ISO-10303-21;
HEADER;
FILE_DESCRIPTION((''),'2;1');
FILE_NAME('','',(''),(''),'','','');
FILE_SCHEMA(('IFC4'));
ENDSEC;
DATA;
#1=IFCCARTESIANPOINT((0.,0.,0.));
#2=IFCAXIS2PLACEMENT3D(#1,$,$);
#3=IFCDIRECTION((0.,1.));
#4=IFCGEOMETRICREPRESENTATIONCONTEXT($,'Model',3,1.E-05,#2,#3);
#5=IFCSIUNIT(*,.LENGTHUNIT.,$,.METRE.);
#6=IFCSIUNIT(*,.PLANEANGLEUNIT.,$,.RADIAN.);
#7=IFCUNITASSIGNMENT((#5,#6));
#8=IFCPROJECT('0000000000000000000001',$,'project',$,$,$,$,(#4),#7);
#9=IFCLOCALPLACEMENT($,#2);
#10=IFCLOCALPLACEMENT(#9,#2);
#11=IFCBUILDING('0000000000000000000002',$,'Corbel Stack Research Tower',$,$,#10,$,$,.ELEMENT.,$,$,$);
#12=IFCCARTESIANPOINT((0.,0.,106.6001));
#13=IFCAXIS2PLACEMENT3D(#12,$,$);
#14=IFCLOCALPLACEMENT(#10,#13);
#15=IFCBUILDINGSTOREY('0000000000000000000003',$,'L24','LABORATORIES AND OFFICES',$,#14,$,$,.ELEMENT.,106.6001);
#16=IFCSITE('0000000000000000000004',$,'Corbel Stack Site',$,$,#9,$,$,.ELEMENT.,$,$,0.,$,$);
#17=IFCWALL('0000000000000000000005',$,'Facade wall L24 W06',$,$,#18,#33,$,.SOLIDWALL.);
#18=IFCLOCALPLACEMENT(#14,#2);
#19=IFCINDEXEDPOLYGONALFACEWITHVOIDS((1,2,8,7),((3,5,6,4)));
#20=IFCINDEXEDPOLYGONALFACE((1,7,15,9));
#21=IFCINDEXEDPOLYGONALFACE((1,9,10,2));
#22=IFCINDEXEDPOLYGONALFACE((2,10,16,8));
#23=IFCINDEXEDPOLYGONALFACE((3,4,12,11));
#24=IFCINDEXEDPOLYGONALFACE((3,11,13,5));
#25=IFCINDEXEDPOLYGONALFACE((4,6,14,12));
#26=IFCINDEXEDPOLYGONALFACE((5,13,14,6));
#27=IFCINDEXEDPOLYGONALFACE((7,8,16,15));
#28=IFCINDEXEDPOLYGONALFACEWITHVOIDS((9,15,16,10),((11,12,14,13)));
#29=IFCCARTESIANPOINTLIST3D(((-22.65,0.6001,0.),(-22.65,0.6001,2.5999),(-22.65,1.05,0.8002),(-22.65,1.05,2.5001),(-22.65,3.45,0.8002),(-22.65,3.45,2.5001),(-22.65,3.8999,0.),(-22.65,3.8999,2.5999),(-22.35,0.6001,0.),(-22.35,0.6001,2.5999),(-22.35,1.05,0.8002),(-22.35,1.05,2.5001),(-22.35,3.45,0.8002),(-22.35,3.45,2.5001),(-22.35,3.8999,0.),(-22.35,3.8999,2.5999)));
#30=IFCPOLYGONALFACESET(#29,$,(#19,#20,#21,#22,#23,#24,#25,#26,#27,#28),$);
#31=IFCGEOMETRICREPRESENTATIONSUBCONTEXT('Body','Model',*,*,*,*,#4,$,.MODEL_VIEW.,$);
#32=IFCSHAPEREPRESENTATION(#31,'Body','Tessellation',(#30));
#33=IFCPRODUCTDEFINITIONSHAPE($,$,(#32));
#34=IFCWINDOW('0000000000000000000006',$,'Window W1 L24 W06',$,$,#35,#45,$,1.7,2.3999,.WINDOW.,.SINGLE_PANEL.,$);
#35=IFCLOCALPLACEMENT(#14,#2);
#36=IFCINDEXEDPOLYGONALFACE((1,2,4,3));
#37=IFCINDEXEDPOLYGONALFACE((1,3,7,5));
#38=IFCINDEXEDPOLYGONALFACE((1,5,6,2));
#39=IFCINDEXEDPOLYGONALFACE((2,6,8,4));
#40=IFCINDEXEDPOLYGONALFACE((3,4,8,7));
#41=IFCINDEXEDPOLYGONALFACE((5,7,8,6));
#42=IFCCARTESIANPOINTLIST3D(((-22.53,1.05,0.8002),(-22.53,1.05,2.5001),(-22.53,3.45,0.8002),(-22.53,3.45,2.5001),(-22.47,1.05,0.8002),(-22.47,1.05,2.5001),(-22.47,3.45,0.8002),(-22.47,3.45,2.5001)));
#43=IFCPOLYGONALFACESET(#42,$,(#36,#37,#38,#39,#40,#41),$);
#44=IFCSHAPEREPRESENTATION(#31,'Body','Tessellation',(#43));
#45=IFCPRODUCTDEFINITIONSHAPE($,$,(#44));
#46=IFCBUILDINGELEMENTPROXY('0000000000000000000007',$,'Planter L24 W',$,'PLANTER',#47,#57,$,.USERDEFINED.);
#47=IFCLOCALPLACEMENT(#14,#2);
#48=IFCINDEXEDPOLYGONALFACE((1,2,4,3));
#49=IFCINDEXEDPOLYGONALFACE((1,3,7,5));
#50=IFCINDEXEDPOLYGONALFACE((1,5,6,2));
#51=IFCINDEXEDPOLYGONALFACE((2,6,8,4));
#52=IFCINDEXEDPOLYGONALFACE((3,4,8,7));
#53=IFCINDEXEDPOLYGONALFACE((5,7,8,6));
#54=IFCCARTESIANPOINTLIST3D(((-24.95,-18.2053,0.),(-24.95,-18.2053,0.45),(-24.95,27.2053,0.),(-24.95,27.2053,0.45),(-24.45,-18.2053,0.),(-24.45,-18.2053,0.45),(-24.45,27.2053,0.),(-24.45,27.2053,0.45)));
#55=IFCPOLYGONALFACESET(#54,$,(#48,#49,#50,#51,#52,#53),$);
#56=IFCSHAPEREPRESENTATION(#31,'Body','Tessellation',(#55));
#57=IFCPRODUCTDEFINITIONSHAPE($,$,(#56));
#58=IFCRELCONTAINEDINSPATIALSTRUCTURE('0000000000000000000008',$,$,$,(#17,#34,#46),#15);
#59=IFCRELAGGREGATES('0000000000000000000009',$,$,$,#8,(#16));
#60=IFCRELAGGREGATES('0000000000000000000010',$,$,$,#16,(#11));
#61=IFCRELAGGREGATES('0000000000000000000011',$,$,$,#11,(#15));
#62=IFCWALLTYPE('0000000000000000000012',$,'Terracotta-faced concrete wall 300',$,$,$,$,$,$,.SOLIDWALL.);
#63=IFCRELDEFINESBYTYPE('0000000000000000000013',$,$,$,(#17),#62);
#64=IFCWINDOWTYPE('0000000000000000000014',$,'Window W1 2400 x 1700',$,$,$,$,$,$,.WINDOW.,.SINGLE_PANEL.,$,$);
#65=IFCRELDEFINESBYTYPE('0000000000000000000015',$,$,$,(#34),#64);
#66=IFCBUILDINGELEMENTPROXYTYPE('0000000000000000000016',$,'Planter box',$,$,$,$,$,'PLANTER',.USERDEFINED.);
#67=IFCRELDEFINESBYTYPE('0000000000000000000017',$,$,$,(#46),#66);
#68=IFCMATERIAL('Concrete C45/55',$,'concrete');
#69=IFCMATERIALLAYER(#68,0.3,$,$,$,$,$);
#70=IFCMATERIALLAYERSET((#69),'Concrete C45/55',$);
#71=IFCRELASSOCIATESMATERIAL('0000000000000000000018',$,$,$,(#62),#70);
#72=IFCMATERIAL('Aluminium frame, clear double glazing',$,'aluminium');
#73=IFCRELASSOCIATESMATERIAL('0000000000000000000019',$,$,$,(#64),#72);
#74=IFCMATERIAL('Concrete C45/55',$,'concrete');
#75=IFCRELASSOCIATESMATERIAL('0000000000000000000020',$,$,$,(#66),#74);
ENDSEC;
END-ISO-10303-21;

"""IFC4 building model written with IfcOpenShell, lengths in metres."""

from ifc_helpers import new_model, si_unit, direction, frame, frame_2d, origin, origin_2d, place, context, subcontext, project, spatial, rectangle, extrude, material, layer, layer_set, type_object, element, fill, save


model = new_model("IFC4")

# Units and contexts
model_context = context("Model", 3, precision=1e-05, world=origin(), true_north=direction((0.0, 1.0)))
body_context = subcontext(model_context, "Body", "Model", "MODEL_VIEW")
ifc_project = project(units=[si_unit("LENGTHUNIT", "METRE"), si_unit("PLANEANGLEUNIT", "RADIAN")], contexts=[model_context])

# Site, building, storey
site_placement = place(None, origin())
site = spatial("IfcSite", under=ifc_project, at=site_placement, Name="Corbel Stack Site", CompositionType="ELEMENT", RefElevation=0.0)
building_placement = place(site_placement, origin())
building = spatial("IfcBuilding", under=site, at=building_placement, Name="Corbel Stack Research Tower", CompositionType="ELEMENT")
storey_placement = place(building_placement, frame((0.0, 0.0, 106.6001)))
storey = spatial("IfcBuildingStorey", under=building, at=storey_placement, Name="L24", Description="LABORATORIES AND OFFICES", CompositionType="ELEMENT", Elevation=106.6001)

# Wall, opening, window
ifc_material_1 = material(Name="Concrete C45/55", Category="concrete")
ifc_layer_1 = layer(ifc_material_1, 0.3)
ifc_layer_set_1 = layer_set([ifc_layer_1], Name="Concrete C45/55")
wall_type_1 = type_object("IfcWallType", Name="Terracotta-faced concrete wall 300", PredefinedType="SOLIDWALL", material=ifc_layer_set_1)
ifc_material_2 = material(Name="Aluminium frame, clear double glazing", Category="aluminium")
window_type = type_object("IfcWindowType", Name="Window W1 2400 x 1700", PartitioningType="SINGLE_PANEL", PredefinedType="WINDOW", material=ifc_material_2)
wall_1_placement = place(storey_placement, frame((-22.5, 0.6001, 0.0), z_axis=(0.0, 0.0, 1.0), x_axis=(0.0, 1.0, 0.0)))
wall_1 = element("IfcWall", 1, at=wall_1_placement, inside=storey, type_object=wall_type_1, Name="Facade wall L24 W06", PredefinedType="SOLIDWALL", context=body_context, shape_type="SweptSolid", body=[
    extrude(rectangle(XDim=3.2998, YDim=0.3, at=frame_2d((1.6499, 0.0))), origin(), (0.0, 0.0, 1.0), 2.5999),
])
opening_1_placement = place(wall_1_placement, frame((0.45, 0.0, 0.8)))
opening_1 = element("IfcOpeningElement", 2, at=opening_1_placement, cuts=wall_1, PredefinedType="OPENING", context=body_context, shape_type="SweptSolid", body=[
    extrude(rectangle(XDim=2.3999, YDim=1.7, at=frame_2d((1.2, 0.8501))), frame((0.0, 0.1599, 0.0), z_axis=(0.0, -1.0, 0.0), x_axis=(1.0, 0.0, 0.0)), (0.0, 0.0, 1.0), 0.3201),
])
window_1_placement = place(opening_1_placement, origin())
window_1 = element("IfcWindow", 3, at=window_1_placement, inside=storey, type_object=window_type, Name="Window W1 L24 W06", OverallHeight=1.7, OverallWidth=2.3999, PartitioningType="SINGLE_PANEL", PredefinedType="WINDOW", context=body_context, shape_type="SweptSolid", body=[
    extrude(rectangle(XDim=2.3999, YDim=1.7, at=frame_2d((1.2, 0.8501))), frame((0.0, 0.03, 0.0), z_axis=(0.0, -1.0, 0.0), x_axis=(1.0, 0.0, 0.0)), (0.0, 0.0, 1.0), 0.0601),
])
fill(opening_1, window_1)

# Building element proxy
ifc_material_3 = material(Name="Concrete C45/55", Category="concrete")
building_element_proxy_type = type_object("IfcBuildingElementProxyType", Name="Planter box", ElementType="PLANTER", PredefinedType="USERDEFINED", material=ifc_material_3)
proxy_placement = place(storey_placement, frame((-24.7, 4.5, 0.0), z_axis=(0.0, 0.0, 1.0), x_axis=(0.0, -1.0, 0.0)))
element("IfcBuildingElementProxy", 4, at=proxy_placement, inside=storey, type_object=building_element_proxy_type, Name="Planter L24 W", ObjectType="PLANTER", PredefinedType="USERDEFINED", context=body_context, shape_type="SweptSolid", body=[
    extrude(rectangle(XDim=45.4106, YDim=0.5, at=origin_2d()), origin(), (0.0, 0.0, 1.0), 0.45),
])

save(model, "model.ifc")
